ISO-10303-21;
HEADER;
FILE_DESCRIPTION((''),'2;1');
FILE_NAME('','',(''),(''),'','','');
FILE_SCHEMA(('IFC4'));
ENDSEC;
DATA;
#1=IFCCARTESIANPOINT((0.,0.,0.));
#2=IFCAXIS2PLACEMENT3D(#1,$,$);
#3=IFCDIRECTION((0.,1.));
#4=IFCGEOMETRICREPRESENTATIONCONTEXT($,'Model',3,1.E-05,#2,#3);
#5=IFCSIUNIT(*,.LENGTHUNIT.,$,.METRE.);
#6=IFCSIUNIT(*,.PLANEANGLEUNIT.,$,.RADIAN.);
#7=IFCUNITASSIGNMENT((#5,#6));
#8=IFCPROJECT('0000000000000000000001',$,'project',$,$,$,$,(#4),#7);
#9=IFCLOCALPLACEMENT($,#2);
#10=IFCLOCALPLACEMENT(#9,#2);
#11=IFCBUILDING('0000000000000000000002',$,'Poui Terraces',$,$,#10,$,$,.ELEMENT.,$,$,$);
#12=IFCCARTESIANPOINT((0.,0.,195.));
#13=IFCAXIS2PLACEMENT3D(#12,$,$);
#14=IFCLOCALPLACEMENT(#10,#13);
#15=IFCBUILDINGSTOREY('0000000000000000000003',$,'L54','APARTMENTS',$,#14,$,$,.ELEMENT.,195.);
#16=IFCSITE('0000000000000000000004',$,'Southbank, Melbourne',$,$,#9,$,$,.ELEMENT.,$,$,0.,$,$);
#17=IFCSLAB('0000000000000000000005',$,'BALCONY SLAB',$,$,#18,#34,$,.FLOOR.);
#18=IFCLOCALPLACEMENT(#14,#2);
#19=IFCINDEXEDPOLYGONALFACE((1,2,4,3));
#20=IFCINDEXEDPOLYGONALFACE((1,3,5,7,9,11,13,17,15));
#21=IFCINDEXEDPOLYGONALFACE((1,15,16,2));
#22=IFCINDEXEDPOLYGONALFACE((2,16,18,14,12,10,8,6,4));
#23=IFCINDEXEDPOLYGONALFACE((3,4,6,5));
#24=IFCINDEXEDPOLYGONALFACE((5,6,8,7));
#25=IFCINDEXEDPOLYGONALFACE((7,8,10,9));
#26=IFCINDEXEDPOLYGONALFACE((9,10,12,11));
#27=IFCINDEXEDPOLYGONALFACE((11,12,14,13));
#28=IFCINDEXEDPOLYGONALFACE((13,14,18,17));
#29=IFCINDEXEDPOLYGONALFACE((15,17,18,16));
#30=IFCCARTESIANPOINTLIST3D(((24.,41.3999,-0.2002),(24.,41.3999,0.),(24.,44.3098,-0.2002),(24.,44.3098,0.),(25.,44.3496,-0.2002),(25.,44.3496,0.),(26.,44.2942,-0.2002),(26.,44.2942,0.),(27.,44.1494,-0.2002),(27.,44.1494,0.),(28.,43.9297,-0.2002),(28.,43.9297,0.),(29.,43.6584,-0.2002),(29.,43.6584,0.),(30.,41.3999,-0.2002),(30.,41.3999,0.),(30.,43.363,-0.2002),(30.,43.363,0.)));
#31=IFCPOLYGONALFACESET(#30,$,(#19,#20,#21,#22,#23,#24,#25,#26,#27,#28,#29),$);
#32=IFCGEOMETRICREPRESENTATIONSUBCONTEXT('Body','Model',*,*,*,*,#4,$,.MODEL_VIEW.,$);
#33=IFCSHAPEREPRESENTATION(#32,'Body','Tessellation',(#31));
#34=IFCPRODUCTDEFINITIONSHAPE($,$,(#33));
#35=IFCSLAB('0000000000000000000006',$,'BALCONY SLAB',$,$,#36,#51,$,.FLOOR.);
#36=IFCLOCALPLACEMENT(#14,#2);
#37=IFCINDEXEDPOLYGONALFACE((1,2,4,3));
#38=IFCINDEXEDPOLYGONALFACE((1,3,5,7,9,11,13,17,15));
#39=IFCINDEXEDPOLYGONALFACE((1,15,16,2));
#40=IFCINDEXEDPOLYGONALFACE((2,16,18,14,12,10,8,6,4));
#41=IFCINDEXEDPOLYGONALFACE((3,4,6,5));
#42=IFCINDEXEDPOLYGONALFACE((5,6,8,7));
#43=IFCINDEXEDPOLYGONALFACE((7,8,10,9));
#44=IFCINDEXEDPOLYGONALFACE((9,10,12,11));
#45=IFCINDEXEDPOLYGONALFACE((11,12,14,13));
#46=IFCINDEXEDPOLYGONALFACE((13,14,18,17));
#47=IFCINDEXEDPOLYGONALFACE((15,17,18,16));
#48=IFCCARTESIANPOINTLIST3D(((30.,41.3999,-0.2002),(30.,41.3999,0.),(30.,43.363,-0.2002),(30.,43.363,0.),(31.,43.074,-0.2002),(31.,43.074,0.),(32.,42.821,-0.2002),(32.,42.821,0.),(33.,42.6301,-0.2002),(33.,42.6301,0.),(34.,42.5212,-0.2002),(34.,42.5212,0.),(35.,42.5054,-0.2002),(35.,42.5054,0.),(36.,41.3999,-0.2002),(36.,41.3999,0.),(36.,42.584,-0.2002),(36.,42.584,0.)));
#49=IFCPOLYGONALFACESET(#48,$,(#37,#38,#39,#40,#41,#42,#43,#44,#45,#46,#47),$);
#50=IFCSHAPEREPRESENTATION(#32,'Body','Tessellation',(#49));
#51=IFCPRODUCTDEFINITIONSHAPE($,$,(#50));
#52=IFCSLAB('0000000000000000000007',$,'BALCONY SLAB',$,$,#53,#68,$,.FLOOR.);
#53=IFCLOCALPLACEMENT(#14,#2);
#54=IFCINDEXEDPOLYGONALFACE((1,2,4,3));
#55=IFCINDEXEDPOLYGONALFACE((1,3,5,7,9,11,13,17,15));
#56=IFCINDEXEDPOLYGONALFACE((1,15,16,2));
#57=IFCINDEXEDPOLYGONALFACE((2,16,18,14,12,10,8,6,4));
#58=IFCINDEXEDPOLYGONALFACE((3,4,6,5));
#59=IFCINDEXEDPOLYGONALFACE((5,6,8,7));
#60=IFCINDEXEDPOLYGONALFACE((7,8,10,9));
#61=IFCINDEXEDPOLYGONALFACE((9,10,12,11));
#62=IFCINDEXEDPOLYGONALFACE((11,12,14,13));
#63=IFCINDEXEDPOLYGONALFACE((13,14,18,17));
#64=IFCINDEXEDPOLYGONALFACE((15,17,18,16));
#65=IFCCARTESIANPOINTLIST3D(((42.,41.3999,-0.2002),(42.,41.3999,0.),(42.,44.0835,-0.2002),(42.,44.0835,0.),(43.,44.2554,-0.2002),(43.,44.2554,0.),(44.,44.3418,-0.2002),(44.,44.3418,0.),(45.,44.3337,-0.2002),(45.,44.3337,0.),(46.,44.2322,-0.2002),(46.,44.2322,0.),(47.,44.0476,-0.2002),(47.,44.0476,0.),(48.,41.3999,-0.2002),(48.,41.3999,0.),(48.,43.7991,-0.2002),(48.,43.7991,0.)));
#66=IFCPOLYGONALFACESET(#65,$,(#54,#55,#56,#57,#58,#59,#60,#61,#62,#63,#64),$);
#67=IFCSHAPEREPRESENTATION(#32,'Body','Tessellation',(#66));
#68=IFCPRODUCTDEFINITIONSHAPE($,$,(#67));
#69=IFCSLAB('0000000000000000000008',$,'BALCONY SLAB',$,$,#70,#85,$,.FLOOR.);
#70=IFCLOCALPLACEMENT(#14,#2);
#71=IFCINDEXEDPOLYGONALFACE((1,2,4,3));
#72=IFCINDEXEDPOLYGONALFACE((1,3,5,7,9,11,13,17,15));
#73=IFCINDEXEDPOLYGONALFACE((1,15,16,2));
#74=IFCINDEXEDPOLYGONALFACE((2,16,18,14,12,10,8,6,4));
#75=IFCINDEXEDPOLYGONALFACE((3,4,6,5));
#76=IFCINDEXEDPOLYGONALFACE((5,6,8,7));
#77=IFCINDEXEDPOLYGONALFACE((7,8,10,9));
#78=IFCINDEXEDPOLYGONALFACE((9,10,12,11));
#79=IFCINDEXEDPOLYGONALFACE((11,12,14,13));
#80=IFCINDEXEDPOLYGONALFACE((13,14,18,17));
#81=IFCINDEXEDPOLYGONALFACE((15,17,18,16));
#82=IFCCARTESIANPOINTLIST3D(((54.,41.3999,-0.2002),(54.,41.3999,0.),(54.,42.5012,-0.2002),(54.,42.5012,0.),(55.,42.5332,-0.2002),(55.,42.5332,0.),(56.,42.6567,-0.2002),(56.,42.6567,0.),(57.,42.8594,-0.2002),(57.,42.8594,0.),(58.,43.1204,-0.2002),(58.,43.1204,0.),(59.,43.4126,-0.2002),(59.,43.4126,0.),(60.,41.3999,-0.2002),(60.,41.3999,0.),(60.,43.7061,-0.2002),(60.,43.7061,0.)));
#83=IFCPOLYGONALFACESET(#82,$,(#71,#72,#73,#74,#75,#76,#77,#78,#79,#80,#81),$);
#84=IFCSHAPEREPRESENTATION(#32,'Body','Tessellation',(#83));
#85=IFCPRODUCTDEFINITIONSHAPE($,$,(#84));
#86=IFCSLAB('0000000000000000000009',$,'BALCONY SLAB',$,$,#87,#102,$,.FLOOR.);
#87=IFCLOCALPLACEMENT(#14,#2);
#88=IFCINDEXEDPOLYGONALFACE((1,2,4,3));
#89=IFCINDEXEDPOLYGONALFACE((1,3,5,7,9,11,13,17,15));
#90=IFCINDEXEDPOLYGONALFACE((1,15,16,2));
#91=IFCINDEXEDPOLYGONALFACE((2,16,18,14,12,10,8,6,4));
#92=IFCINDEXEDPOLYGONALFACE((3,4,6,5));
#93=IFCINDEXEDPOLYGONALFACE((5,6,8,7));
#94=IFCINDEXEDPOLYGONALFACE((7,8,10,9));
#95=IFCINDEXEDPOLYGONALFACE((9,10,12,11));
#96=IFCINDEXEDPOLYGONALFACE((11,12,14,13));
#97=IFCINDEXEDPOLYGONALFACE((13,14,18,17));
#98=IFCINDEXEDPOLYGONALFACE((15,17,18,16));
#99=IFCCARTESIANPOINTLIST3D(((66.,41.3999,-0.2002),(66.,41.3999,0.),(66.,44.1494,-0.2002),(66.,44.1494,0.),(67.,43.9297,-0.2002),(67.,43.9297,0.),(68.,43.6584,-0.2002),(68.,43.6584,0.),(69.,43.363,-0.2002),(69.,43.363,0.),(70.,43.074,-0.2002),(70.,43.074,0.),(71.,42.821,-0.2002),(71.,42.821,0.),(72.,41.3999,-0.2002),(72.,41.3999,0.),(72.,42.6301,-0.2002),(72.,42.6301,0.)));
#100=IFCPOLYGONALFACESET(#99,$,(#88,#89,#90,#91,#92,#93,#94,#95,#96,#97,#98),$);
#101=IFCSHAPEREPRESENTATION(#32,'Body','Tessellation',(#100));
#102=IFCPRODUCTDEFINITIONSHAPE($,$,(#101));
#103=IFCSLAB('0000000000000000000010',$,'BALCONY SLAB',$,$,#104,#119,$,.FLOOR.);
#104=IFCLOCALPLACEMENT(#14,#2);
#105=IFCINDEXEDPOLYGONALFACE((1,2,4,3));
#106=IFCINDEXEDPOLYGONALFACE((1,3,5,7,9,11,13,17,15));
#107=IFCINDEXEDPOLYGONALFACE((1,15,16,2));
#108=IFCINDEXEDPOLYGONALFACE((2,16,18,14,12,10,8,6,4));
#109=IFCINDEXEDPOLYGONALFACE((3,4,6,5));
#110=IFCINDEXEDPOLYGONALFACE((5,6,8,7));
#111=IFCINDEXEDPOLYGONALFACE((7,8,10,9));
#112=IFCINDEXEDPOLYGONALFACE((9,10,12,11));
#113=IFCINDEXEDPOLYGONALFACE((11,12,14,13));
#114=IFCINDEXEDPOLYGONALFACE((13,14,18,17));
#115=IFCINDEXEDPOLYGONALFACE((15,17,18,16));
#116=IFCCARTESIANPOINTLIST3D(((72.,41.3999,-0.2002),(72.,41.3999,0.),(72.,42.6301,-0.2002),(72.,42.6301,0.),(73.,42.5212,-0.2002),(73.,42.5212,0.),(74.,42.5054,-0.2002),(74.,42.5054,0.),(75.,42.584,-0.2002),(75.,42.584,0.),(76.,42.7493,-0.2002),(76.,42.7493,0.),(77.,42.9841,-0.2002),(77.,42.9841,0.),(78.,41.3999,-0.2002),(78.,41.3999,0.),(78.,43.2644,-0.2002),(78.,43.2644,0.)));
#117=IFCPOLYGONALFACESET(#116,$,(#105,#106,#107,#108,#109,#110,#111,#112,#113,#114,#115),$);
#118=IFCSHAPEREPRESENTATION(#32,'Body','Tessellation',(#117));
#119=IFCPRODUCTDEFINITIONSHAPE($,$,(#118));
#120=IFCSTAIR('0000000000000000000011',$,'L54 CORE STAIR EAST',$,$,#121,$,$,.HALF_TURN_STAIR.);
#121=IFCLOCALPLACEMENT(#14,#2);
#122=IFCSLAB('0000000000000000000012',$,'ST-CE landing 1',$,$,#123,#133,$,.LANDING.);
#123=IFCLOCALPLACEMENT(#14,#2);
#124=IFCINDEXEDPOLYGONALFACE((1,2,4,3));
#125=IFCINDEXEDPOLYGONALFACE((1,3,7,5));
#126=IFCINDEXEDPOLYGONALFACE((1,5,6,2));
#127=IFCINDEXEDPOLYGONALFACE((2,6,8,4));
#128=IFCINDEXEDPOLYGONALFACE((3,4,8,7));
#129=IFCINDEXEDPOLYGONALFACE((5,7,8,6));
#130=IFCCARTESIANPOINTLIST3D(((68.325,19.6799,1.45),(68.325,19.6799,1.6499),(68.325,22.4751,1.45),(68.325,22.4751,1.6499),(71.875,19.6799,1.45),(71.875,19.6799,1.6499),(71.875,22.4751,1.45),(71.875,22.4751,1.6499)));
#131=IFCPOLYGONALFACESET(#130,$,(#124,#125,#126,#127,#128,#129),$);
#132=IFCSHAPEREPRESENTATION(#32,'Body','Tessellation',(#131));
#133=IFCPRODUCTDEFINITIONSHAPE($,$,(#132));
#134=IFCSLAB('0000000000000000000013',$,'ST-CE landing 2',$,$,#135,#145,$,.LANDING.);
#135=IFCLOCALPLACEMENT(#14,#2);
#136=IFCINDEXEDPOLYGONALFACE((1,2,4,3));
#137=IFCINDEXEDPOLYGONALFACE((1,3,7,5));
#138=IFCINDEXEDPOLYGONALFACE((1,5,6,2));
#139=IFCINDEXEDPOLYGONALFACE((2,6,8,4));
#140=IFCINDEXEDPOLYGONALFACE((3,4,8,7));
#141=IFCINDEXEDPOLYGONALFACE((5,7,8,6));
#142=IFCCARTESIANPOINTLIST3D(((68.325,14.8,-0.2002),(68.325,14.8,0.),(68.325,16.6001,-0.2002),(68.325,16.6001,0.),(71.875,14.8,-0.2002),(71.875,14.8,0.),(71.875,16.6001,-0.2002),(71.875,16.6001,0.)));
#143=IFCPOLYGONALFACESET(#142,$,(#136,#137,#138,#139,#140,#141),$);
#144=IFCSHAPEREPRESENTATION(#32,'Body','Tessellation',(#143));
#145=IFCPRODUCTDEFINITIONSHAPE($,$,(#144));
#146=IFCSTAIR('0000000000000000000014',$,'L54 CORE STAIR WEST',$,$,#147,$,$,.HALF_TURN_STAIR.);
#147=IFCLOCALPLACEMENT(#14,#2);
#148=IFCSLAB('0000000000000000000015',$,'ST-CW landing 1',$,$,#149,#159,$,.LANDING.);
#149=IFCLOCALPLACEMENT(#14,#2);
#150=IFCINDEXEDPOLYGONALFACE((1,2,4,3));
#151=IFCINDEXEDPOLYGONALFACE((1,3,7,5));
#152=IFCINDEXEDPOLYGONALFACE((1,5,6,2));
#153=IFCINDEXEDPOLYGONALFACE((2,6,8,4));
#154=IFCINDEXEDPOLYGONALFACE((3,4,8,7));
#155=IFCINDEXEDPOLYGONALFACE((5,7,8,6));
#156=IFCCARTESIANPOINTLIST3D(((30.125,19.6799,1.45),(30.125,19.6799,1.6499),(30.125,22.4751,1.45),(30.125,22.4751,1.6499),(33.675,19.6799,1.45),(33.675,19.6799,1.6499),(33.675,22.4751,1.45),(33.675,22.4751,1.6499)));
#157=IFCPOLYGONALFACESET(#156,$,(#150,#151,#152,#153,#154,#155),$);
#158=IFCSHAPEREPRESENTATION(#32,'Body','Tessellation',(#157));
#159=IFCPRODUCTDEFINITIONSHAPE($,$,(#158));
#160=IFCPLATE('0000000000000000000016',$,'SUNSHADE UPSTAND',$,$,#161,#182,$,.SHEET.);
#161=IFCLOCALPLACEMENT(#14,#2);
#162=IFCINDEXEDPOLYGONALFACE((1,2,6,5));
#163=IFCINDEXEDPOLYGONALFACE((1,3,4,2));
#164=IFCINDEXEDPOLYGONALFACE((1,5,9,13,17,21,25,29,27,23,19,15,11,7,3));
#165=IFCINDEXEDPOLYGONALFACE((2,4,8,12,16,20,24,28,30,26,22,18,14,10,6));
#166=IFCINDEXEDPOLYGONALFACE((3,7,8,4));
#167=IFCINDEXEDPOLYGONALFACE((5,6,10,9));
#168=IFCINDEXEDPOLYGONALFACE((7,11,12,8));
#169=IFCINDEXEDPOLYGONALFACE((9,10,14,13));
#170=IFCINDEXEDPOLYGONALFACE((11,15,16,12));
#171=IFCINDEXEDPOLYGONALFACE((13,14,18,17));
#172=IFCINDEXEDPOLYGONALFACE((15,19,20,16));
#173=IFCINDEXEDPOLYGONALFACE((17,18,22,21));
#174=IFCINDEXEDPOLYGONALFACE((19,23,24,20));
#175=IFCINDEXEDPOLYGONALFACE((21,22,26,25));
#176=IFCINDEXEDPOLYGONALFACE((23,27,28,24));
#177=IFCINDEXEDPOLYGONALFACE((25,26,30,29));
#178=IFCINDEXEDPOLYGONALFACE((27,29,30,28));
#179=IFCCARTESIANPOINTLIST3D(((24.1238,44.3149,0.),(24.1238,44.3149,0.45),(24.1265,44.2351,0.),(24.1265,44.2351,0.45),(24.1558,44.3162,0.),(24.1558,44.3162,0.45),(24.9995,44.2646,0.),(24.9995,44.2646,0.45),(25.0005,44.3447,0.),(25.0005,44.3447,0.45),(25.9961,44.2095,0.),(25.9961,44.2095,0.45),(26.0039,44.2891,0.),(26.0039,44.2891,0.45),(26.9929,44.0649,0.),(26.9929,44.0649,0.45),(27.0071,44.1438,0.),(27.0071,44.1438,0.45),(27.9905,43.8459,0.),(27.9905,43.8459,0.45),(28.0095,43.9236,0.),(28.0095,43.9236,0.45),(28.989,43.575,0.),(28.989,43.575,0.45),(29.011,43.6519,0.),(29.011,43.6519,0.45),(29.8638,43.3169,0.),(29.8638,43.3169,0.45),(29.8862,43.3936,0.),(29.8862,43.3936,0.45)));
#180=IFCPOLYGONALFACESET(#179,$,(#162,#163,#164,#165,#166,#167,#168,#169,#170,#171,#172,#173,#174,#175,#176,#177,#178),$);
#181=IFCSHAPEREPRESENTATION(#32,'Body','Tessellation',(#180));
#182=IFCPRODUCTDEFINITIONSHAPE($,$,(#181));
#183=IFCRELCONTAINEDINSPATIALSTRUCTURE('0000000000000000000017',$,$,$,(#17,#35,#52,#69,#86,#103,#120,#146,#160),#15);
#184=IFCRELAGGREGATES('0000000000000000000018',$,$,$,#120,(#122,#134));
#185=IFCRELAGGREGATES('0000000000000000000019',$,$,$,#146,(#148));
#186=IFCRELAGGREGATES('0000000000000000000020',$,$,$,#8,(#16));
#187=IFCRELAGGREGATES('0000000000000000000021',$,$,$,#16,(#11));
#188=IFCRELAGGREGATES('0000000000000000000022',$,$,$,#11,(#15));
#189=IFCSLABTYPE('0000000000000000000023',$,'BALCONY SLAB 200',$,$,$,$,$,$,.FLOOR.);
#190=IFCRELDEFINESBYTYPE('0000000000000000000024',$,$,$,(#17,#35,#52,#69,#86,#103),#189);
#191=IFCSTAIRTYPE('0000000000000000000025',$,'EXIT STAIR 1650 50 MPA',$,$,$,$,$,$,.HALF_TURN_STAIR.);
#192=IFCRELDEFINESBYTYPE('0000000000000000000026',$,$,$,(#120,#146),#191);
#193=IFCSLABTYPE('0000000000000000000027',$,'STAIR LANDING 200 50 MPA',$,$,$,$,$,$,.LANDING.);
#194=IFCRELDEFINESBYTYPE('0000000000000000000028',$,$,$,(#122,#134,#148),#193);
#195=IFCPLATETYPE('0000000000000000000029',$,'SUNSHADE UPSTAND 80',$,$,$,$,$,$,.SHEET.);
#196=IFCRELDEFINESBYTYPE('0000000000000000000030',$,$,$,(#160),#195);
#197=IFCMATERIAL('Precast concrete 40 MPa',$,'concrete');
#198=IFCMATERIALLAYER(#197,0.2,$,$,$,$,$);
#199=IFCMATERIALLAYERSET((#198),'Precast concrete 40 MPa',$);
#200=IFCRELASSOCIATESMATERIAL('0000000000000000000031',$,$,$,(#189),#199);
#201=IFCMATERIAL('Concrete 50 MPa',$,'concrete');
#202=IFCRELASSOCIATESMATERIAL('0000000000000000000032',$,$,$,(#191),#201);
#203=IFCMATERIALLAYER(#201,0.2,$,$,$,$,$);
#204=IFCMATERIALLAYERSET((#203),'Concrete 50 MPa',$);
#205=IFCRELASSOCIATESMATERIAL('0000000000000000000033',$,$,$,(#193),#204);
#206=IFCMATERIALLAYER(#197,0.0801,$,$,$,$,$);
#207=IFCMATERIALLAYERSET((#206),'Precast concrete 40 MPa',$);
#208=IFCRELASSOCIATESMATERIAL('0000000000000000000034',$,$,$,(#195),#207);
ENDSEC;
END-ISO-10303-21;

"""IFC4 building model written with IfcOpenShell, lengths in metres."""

from ifc_helpers import new_model, si_unit, direction, frame, origin, place, context, subcontext, project, spatial, polyline, outline, extrude, material, layer, layer_set, type_object, element, aggregate, save


model = new_model("IFC4")

# Units and contexts
model_context = context("Model", 3, precision=1e-05, world=origin(), true_north=direction((0.0, 1.0)))
body_context = subcontext(model_context, "Body", "Model", "MODEL_VIEW")
ifc_project = project(units=[si_unit("LENGTHUNIT", "METRE"), si_unit("PLANEANGLEUNIT", "RADIAN")], contexts=[model_context])

# Site, building, storey
site_placement = place(None, origin())
site = spatial("IfcSite", under=ifc_project, at=site_placement, Name="Southbank, Melbourne", CompositionType="ELEMENT", RefElevation=0.0)
building_placement = place(site_placement, origin())
building = spatial("IfcBuilding", under=site, at=building_placement, Name="Poui Terraces", CompositionType="ELEMENT")
storey_placement = place(building_placement, frame((0.0, 0.0, 195.0)))
storey = spatial("IfcBuildingStorey", under=building, at=storey_placement, Name="L54", Description="APARTMENTS", CompositionType="ELEMENT", Elevation=195.0)

# Slabs
ifc_material_1 = material(Name="Precast concrete 40 MPa", Category="concrete")
ifc_layer_1 = layer(ifc_material_1, 0.2)
ifc_layer_set_1 = layer_set([ifc_layer_1], Name="Precast concrete 40 MPa")
slab_type_1 = type_object("IfcSlabType", Name="BALCONY SLAB 200", PredefinedType="FLOOR", material=ifc_layer_set_1)
slab_1_placement = place(storey_placement, frame((0.0, 0.0, -0.2002)))
element("IfcSlab", 1, at=slab_1_placement, inside=storey, type_object=slab_type_1, Name="BALCONY SLAB", PredefinedType="FLOOR", context=body_context, shape_type="SweptSolid", body=[
    extrude(outline(polyline([(24.0, 41.3999), (30.0, 41.3999), (30.0, 43.363), (29.0, 43.6584), (28.0, 43.9297), (27.0, 44.1494), (26.0, 44.2942), (25.0, 44.3496), (24.0, 44.3098), (24.0, 41.3999)])), origin(), (0.0, 0.0, 1.0), 0.2002),
])
slab_2_placement = place(storey_placement, frame((0.0, 0.0, -0.2002)))
element("IfcSlab", 2, at=slab_2_placement, inside=storey, type_object=slab_type_1, Name="BALCONY SLAB", PredefinedType="FLOOR", context=body_context, shape_type="SweptSolid", body=[
    extrude(outline(polyline([(30.0, 41.3999), (36.0, 41.3999), (36.0, 42.584), (35.0, 42.5054), (34.0, 42.5212), (33.0, 42.6301), (32.0, 42.821), (31.0, 43.074), (30.0, 43.363), (30.0, 41.3999)])), origin(), (0.0, 0.0, 1.0), 0.2002),
])
slab_3_placement = place(storey_placement, frame((0.0, 0.0, -0.2002)))
element("IfcSlab", 3, at=slab_3_placement, inside=storey, type_object=slab_type_1, Name="BALCONY SLAB", PredefinedType="FLOOR", context=body_context, shape_type="SweptSolid", body=[
    extrude(outline(polyline([(42.0, 41.3999), (48.0, 41.3999), (48.0, 43.7991), (47.0, 44.0476), (46.0, 44.2322), (45.0, 44.3337), (44.0, 44.3418), (43.0, 44.2554), (42.0, 44.0835), (42.0, 41.3999)])), origin(), (0.0, 0.0, 1.0), 0.2002),
])
slab_4_placement = place(storey_placement, frame((0.0, 0.0, -0.2002)))
element("IfcSlab", 4, at=slab_4_placement, inside=storey, type_object=slab_type_1, Name="BALCONY SLAB", PredefinedType="FLOOR", context=body_context, shape_type="SweptSolid", body=[
    extrude(outline(polyline([(54.0, 41.3999), (60.0, 41.3999), (60.0, 43.7061), (59.0, 43.4126), (58.0, 43.1204), (57.0, 42.8594), (56.0, 42.6567), (55.0, 42.5332), (54.0, 42.5012), (54.0, 41.3999)])), origin(), (0.0, 0.0, 1.0), 0.2002),
])
slab_5_placement = place(storey_placement, frame((0.0, 0.0, -0.2002)))
element("IfcSlab", 5, at=slab_5_placement, inside=storey, type_object=slab_type_1, Name="BALCONY SLAB", PredefinedType="FLOOR", context=body_context, shape_type="SweptSolid", body=[
    extrude(outline(polyline([(66.0, 41.3999), (72.0, 41.3999), (72.0, 42.6301), (71.0, 42.821), (70.0, 43.074), (69.0, 43.363), (68.0, 43.6584), (67.0, 43.9297), (66.0, 44.1494), (66.0, 41.3999)])), origin(), (0.0, 0.0, 1.0), 0.2002),
])
slab_6_placement = place(storey_placement, frame((0.0, 0.0, -0.2002)))
element("IfcSlab", 6, at=slab_6_placement, inside=storey, type_object=slab_type_1, Name="BALCONY SLAB", PredefinedType="FLOOR", context=body_context, shape_type="SweptSolid", body=[
    extrude(outline(polyline([(72.0, 41.3999), (78.0, 41.3999), (78.0, 43.2644), (77.0, 42.9841), (76.0, 42.7493), (75.0, 42.584), (74.0, 42.5054), (73.0, 42.5212), (72.0, 42.6301), (72.0, 41.3999)])), origin(), (0.0, 0.0, 1.0), 0.2002),
])

# Stair, slabs
ifc_material_2 = material(Name="Concrete 50 MPa", Category="concrete")
stair_type = type_object("IfcStairType", Name="EXIT STAIR 1650 50 MPA", PredefinedType="HALF_TURN_STAIR", material=ifc_material_2)
stair_1_placement = place(storey_placement, origin())
stair_1 = element("IfcStair", 7, at=stair_1_placement, inside=storey, type_object=stair_type, Name="L54 CORE STAIR EAST", PredefinedType="HALF_TURN_STAIR")
ifc_layer_2 = layer(ifc_material_2, 0.2)
ifc_layer_set_2 = layer_set([ifc_layer_2], Name="Concrete 50 MPa")
slab_type_2 = type_object("IfcSlabType", Name="STAIR LANDING 200 50 MPA", PredefinedType="LANDING", material=ifc_layer_set_2)
slab_7_placement = place(storey_placement, frame((0.0, 0.0, 1.45)))
slab_7 = element("IfcSlab", 8, at=slab_7_placement, type_object=slab_type_2, Name="ST-CE landing 1", PredefinedType="LANDING", context=body_context, shape_type="SweptSolid", body=[
    extrude(outline(polyline([(68.325, 19.6799), (71.875, 19.6799), (71.875, 22.4751), (68.325, 22.4751), (68.325, 19.6799)])), origin(), (0.0, 0.0, 1.0), 0.2),
])
slab_8_placement = place(storey_placement, frame((0.0, 0.0, -0.2002)))
slab_8 = element("IfcSlab", 9, at=slab_8_placement, type_object=slab_type_2, Name="ST-CE landing 2", PredefinedType="LANDING", context=body_context, shape_type="SweptSolid", body=[
    extrude(outline(polyline([(68.325, 14.8), (71.875, 14.8), (71.875, 16.6001), (68.325, 16.6001), (68.325, 14.8)])), origin(), (0.0, 0.0, 1.0), 0.2002),
])
aggregate(stair_1, [slab_7, slab_8])

# Stair, slab
stair_2_placement = place(storey_placement, origin())
stair_2 = element("IfcStair", 10, at=stair_2_placement, inside=storey, type_object=stair_type, Name="L54 CORE STAIR WEST", PredefinedType="HALF_TURN_STAIR")
slab_9_placement = place(storey_placement, frame((0.0, 0.0, 1.45)))
slab_9 = element("IfcSlab", 11, at=slab_9_placement, type_object=slab_type_2, Name="ST-CW landing 1", PredefinedType="LANDING", context=body_context, shape_type="SweptSolid", body=[
    extrude(outline(polyline([(30.125, 19.6799), (33.675, 19.6799), (33.675, 22.4751), (30.125, 22.4751), (30.125, 19.6799)])), origin(), (0.0, 0.0, 1.0), 0.2),
])
aggregate(stair_2, [slab_9])

# Plate
ifc_layer_3 = layer(ifc_material_1, 0.0801)
ifc_layer_set_3 = layer_set([ifc_layer_3], Name="Precast concrete 40 MPa")
plate_type = type_object("IfcPlateType", Name="SUNSHADE UPSTAND 80", PredefinedType="SHEET", material=ifc_layer_set_3)
plate_1_placement = place(storey_placement, origin())
element("IfcPlate", 12, at=plate_1_placement, inside=storey, type_object=plate_type, Name="SUNSHADE UPSTAND", PredefinedType="SHEET", context=body_context, shape_type="SweptSolid", body=[
    extrude(outline(polyline([(25.0005, 44.3447), (24.1558, 44.3162), (24.1238, 44.3149), (24.1265, 44.2351), (24.9995, 44.2646), (25.9961, 44.2095), (26.9929, 44.0649), (27.9905, 43.8459), (28.989, 43.575), (29.8638, 43.3169), (29.8862, 43.3936), (29.011, 43.6519), (28.0095, 43.9236), (27.0071, 44.1438), (26.0039, 44.2891), (25.0005, 44.3447)])), origin(), (0.0, 0.0, 1.0), 0.45),
])

save(model, "model.ifc")
